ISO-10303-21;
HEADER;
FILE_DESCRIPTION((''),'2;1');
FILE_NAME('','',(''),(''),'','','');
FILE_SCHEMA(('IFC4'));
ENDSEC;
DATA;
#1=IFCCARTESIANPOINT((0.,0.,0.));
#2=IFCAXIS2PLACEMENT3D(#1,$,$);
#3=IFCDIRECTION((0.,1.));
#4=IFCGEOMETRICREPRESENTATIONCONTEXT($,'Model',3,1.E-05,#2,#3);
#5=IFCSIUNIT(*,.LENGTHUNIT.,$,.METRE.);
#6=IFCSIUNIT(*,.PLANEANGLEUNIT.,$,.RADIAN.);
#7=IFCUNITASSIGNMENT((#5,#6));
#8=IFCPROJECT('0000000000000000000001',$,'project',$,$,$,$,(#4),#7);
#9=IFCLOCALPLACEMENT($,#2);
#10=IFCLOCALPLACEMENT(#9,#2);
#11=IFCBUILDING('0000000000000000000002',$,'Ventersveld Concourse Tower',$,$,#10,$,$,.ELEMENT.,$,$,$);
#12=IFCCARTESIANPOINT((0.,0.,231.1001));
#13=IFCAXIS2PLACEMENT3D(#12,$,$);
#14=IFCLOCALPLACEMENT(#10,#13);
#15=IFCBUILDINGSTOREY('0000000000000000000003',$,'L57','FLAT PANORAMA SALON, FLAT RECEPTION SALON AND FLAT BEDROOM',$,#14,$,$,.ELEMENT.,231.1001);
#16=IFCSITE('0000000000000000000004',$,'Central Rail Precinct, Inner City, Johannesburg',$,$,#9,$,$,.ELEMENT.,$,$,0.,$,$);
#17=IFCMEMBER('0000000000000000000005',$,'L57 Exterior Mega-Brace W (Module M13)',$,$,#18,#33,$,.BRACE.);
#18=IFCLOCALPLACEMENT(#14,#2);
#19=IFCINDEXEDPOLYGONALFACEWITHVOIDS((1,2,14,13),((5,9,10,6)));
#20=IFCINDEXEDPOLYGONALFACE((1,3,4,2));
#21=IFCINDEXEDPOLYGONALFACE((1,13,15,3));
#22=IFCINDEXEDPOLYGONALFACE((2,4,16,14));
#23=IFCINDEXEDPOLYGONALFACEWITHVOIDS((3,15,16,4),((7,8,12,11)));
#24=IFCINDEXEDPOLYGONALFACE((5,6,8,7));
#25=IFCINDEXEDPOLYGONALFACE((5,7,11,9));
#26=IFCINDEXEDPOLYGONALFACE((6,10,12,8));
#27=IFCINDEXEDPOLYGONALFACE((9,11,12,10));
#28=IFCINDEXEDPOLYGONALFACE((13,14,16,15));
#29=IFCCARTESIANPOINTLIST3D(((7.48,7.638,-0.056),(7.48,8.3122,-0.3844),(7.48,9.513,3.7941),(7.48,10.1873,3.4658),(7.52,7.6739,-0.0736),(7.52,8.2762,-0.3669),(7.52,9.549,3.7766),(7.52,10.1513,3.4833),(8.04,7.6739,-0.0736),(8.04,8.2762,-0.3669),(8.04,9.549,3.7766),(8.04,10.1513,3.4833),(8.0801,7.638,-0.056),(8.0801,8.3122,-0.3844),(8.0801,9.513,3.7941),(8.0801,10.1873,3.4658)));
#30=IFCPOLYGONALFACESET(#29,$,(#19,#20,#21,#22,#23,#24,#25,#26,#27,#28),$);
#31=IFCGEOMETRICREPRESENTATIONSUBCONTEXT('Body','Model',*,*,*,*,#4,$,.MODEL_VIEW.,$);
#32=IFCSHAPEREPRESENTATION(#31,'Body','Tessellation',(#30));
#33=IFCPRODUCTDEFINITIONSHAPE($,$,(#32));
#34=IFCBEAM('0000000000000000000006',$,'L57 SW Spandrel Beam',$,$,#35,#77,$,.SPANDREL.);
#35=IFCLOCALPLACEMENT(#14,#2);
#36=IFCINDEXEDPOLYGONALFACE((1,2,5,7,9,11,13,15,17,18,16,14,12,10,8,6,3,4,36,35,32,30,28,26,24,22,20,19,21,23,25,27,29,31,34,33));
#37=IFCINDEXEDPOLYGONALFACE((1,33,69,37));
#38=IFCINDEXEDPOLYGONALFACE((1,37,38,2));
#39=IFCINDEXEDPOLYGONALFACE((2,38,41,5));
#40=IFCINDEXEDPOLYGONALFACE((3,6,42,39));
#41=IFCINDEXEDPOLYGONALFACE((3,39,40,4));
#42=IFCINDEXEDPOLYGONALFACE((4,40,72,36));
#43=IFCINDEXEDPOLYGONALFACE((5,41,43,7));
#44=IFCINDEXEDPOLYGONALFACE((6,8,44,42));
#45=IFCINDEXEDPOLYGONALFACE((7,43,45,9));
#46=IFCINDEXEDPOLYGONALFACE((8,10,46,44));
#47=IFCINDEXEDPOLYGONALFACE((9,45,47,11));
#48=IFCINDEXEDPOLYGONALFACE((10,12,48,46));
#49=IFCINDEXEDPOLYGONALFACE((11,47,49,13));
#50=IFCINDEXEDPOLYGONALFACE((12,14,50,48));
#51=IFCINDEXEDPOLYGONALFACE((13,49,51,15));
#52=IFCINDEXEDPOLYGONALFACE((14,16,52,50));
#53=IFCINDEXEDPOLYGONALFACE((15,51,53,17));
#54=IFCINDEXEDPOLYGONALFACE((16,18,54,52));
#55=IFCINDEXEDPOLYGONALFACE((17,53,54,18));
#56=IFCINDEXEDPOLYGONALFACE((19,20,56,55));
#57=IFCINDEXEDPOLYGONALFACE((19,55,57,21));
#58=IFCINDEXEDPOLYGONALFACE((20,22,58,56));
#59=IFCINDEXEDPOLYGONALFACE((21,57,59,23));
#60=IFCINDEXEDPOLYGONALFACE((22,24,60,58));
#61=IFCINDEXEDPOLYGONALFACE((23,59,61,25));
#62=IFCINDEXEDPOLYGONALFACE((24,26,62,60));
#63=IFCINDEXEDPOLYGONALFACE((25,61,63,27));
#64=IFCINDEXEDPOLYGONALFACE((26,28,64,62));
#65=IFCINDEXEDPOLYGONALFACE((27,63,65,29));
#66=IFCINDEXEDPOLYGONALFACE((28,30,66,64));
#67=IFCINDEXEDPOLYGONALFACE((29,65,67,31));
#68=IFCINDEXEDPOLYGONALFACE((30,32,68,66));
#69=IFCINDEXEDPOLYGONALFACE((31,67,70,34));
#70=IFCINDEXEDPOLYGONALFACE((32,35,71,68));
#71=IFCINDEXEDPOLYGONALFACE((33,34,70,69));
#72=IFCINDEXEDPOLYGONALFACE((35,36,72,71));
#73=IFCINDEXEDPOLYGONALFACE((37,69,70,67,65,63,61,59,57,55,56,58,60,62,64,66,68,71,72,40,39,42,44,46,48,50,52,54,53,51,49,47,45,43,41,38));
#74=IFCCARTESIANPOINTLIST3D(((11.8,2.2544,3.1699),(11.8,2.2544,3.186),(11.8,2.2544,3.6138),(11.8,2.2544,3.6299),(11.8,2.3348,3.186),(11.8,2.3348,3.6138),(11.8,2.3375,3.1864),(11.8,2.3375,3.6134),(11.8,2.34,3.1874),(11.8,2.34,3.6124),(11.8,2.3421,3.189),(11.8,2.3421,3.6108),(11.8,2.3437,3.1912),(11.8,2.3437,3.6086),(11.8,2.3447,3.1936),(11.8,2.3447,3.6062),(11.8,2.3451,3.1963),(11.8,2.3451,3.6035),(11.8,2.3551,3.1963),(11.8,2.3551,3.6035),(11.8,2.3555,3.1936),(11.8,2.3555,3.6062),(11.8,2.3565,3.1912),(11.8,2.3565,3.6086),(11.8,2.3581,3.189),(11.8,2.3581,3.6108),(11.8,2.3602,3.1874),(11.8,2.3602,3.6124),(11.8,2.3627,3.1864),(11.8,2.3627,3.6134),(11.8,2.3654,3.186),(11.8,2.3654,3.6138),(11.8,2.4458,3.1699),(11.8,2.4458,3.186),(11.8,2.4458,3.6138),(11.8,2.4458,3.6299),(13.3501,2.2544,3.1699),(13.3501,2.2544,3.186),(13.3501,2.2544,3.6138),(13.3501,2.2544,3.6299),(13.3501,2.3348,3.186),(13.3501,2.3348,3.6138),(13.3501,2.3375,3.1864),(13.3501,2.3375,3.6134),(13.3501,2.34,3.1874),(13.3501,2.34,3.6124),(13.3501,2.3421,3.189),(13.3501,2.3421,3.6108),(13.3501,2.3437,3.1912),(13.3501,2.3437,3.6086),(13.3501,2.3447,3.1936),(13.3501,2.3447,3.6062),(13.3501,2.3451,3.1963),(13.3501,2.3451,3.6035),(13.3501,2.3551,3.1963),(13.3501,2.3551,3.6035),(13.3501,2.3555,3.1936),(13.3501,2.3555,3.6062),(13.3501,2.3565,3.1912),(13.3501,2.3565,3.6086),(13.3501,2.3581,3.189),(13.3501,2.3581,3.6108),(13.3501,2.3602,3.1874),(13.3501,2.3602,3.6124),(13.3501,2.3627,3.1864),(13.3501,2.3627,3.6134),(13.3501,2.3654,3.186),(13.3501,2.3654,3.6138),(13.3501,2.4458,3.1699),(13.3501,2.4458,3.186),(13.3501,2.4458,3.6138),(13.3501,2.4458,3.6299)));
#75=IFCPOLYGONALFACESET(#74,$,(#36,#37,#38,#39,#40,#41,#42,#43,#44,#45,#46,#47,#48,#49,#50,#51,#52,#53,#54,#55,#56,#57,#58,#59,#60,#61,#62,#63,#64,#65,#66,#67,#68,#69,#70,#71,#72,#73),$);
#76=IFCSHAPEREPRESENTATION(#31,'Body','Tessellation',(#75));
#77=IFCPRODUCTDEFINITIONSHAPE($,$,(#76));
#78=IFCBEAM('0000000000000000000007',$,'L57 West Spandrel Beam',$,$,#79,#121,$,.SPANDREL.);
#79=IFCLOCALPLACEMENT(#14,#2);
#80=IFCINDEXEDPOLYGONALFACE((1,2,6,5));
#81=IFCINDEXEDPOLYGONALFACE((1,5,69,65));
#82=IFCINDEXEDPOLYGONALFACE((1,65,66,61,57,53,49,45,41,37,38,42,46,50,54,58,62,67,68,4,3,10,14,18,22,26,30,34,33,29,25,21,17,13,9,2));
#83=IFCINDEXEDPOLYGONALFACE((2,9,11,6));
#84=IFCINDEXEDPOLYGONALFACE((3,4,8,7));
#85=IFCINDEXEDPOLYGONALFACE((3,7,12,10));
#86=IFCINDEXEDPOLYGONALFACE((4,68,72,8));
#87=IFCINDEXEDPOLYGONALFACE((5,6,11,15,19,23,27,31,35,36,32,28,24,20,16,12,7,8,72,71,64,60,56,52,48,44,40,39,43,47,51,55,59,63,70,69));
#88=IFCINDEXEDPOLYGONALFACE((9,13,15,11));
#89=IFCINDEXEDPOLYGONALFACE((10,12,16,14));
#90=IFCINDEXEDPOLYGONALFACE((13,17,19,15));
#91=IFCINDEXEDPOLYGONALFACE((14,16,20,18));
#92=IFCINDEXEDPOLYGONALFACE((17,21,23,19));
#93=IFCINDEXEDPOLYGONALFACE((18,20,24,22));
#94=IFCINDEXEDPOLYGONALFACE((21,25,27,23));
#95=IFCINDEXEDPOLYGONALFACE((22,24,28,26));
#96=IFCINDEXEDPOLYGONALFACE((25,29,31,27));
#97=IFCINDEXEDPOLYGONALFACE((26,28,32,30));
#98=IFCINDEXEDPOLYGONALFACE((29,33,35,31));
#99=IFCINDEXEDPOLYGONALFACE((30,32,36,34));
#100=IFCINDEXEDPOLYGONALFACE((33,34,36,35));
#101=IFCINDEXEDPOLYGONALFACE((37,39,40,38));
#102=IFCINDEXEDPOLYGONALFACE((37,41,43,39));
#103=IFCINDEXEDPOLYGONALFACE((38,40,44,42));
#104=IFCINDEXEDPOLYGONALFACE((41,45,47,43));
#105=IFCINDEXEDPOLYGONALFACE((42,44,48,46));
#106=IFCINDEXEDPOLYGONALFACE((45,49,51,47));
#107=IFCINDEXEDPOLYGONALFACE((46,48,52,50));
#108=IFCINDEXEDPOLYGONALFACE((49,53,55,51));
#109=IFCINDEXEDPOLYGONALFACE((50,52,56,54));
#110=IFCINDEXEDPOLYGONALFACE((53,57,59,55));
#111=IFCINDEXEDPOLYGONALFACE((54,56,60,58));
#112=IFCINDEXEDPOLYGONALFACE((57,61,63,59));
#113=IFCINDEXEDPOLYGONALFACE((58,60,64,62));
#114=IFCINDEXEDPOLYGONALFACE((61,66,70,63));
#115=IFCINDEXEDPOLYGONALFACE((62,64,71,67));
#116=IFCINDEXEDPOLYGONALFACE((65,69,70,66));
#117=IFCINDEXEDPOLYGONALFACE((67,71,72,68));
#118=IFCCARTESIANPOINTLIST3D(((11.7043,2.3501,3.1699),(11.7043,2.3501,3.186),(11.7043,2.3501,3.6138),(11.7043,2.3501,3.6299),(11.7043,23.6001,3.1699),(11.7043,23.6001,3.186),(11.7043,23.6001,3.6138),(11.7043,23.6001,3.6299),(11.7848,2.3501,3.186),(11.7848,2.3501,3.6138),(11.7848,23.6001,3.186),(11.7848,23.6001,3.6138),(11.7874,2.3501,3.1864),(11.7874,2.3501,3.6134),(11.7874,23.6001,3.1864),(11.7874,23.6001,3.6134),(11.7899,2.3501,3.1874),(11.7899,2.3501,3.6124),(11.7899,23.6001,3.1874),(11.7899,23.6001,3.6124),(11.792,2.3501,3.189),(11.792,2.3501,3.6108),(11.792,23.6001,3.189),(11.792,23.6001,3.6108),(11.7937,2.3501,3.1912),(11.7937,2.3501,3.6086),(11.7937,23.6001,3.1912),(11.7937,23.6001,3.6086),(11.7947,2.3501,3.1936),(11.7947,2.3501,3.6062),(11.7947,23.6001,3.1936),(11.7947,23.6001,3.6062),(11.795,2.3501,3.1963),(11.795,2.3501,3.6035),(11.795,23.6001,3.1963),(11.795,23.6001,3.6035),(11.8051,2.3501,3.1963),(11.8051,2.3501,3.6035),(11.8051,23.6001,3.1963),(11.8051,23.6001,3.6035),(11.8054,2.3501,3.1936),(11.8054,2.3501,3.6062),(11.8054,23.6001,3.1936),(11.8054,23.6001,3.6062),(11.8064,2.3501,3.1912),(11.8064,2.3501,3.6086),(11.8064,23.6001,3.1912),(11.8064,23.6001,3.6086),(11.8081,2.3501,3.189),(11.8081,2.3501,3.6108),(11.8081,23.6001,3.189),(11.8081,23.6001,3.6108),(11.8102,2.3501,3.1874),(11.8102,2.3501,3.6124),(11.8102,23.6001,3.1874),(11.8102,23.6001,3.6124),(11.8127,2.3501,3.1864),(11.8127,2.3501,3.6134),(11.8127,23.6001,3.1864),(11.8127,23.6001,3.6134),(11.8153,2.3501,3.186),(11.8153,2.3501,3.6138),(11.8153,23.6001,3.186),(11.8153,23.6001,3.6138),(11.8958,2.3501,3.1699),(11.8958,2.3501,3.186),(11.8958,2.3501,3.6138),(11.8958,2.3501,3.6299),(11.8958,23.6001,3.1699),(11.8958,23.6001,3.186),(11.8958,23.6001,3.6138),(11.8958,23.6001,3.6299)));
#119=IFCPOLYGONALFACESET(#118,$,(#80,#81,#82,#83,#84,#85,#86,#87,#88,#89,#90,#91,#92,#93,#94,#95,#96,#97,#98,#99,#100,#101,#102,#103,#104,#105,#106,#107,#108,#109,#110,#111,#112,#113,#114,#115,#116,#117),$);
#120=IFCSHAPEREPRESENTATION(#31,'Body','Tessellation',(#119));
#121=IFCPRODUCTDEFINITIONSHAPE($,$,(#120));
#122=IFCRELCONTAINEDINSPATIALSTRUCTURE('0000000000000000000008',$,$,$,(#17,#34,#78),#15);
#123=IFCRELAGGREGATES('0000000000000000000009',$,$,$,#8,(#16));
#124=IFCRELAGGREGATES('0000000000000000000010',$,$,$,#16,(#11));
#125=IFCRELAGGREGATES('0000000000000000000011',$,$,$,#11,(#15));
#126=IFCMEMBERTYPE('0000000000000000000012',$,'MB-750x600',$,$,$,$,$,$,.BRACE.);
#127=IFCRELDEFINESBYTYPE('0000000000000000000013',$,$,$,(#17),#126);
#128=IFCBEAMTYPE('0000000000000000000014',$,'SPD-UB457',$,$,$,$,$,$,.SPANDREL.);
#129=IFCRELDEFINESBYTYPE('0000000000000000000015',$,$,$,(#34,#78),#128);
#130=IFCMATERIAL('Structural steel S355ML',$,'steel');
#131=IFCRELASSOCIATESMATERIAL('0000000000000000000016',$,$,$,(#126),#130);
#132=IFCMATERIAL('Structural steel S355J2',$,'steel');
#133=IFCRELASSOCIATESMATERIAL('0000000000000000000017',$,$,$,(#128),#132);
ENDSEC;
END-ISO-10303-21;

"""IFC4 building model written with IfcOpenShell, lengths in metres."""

from ifc_helpers import new_model, si_unit, direction, frame, origin, origin_2d, place, context, subcontext, project, spatial, hollow_rectangle, i_section, extrude, material, material_profile, profile_set, type_object, element, save


model = new_model("IFC4")

# Units and contexts
model_context = context("Model", 3, precision=1e-05, world=origin(), true_north=direction((0.0, 1.0)))
body_context = subcontext(model_context, "Body", "Model", "MODEL_VIEW")
ifc_project = project(units=[si_unit("LENGTHUNIT", "METRE"), si_unit("PLANEANGLEUNIT", "RADIAN")], contexts=[model_context])

# Site, building, storey
site_placement = place(None, origin())
site = spatial("IfcSite", under=ifc_project, at=site_placement, Name="Central Rail Precinct, Inner City, Johannesburg", CompositionType="ELEMENT", RefElevation=0.0)
building_placement = place(site_placement, origin())
building = spatial("IfcBuilding", under=site, at=building_placement, Name="Ventersveld Concourse Tower", CompositionType="ELEMENT")
storey_placement = place(building_placement, frame((0.0, 0.0, 231.1001)))
storey = spatial("IfcBuildingStorey", under=building, at=storey_placement, Name="L57", Description="FLAT PANORAMA SALON, FLAT RECEPTION SALON AND FLAT BEDROOM", CompositionType="ELEMENT", Elevation=231.1001)

# Shared definitions
ifc_material_1 = material(Name="Structural steel S355J2", Category="steel")

# Member
ifc_material_2 = material(Name="Structural steel S355ML", Category="steel")
ifc_material_profile_1 = material_profile(ifc_material_2, hollow_rectangle(XDim=0.6001, YDim=0.75, WallThickness=0.04, at=origin_2d()), Name="BOX 750x600x40")
ifc_profile_set_1 = profile_set([ifc_material_profile_1], Name="Structural steel S355ML")
member_type = type_object("IfcMemberType", Name="MB-750x600", PredefinedType="BRACE", material=ifc_profile_set_1)
member_placement = place(storey_placement, frame((7.78, 7.9751, -0.2202), z_axis=(0.0, 0.437839, 0.899053), x_axis=(-1.0, 0.0, 0.0)))
element("IfcMember", 1, at=member_placement, inside=storey, type_object=member_type, Name="L57 Exterior Mega-Brace W (Module M13)", PredefinedType="BRACE", context=body_context, shape_type="SweptSolid", body=[
    extrude(hollow_rectangle(XDim=0.6001, YDim=0.75, WallThickness=0.04, at=origin_2d()), origin(), (0.0, 0.0, 1.0), 4.2825),
])

# Beams
ifc_material_profile_2 = material_profile(ifc_material_1, i_section(OverallWidth=0.1914, OverallDepth=0.46, WebThickness=0.01, FlangeThickness=0.0161, FilletRadius=0.0103, at=origin_2d()), Name="UB 457x191x82")
ifc_profile_set_2 = profile_set([ifc_material_profile_2], Name="Structural steel S355J2")
beam_type_1 = type_object("IfcBeamType", Name="SPD-UB457", PredefinedType="SPANDREL", material=ifc_profile_set_2)
beam_1_placement = place(storey_placement, frame((11.8, 2.3501, 3.3999), z_axis=(1.0, 0.0, 0.0), x_axis=(0.0, 1.0, 0.0)))
element("IfcBeam", 2, at=beam_1_placement, inside=storey, type_object=beam_type_1, Name="L57 SW Spandrel Beam", PredefinedType="SPANDREL", context=body_context, shape_type="SweptSolid", body=[
    extrude(i_section(OverallWidth=0.1914, OverallDepth=0.46, WebThickness=0.01, FlangeThickness=0.0161, FilletRadius=0.0103, at=origin_2d()), origin(), (0.0, 0.0, 1.0), 1.55),
])
beam_2_placement = place(storey_placement, frame((11.8, 2.3501, 3.3999), z_axis=(0.0, 1.0, 0.0), x_axis=(-1.0, 0.0, 0.0)))
element("IfcBeam", 3, at=beam_2_placement, inside=storey, type_object=beam_type_1, Name="L57 West Spandrel Beam", PredefinedType="SPANDREL", context=body_context, shape_type="SweptSolid", body=[
    extrude(i_section(OverallWidth=0.1914, OverallDepth=0.46, WebThickness=0.01, FlangeThickness=0.0161, FilletRadius=0.0103, at=origin_2d()), origin(), (0.0, 0.0, 1.0), 21.25),
])

save(model, "model.ifc")
